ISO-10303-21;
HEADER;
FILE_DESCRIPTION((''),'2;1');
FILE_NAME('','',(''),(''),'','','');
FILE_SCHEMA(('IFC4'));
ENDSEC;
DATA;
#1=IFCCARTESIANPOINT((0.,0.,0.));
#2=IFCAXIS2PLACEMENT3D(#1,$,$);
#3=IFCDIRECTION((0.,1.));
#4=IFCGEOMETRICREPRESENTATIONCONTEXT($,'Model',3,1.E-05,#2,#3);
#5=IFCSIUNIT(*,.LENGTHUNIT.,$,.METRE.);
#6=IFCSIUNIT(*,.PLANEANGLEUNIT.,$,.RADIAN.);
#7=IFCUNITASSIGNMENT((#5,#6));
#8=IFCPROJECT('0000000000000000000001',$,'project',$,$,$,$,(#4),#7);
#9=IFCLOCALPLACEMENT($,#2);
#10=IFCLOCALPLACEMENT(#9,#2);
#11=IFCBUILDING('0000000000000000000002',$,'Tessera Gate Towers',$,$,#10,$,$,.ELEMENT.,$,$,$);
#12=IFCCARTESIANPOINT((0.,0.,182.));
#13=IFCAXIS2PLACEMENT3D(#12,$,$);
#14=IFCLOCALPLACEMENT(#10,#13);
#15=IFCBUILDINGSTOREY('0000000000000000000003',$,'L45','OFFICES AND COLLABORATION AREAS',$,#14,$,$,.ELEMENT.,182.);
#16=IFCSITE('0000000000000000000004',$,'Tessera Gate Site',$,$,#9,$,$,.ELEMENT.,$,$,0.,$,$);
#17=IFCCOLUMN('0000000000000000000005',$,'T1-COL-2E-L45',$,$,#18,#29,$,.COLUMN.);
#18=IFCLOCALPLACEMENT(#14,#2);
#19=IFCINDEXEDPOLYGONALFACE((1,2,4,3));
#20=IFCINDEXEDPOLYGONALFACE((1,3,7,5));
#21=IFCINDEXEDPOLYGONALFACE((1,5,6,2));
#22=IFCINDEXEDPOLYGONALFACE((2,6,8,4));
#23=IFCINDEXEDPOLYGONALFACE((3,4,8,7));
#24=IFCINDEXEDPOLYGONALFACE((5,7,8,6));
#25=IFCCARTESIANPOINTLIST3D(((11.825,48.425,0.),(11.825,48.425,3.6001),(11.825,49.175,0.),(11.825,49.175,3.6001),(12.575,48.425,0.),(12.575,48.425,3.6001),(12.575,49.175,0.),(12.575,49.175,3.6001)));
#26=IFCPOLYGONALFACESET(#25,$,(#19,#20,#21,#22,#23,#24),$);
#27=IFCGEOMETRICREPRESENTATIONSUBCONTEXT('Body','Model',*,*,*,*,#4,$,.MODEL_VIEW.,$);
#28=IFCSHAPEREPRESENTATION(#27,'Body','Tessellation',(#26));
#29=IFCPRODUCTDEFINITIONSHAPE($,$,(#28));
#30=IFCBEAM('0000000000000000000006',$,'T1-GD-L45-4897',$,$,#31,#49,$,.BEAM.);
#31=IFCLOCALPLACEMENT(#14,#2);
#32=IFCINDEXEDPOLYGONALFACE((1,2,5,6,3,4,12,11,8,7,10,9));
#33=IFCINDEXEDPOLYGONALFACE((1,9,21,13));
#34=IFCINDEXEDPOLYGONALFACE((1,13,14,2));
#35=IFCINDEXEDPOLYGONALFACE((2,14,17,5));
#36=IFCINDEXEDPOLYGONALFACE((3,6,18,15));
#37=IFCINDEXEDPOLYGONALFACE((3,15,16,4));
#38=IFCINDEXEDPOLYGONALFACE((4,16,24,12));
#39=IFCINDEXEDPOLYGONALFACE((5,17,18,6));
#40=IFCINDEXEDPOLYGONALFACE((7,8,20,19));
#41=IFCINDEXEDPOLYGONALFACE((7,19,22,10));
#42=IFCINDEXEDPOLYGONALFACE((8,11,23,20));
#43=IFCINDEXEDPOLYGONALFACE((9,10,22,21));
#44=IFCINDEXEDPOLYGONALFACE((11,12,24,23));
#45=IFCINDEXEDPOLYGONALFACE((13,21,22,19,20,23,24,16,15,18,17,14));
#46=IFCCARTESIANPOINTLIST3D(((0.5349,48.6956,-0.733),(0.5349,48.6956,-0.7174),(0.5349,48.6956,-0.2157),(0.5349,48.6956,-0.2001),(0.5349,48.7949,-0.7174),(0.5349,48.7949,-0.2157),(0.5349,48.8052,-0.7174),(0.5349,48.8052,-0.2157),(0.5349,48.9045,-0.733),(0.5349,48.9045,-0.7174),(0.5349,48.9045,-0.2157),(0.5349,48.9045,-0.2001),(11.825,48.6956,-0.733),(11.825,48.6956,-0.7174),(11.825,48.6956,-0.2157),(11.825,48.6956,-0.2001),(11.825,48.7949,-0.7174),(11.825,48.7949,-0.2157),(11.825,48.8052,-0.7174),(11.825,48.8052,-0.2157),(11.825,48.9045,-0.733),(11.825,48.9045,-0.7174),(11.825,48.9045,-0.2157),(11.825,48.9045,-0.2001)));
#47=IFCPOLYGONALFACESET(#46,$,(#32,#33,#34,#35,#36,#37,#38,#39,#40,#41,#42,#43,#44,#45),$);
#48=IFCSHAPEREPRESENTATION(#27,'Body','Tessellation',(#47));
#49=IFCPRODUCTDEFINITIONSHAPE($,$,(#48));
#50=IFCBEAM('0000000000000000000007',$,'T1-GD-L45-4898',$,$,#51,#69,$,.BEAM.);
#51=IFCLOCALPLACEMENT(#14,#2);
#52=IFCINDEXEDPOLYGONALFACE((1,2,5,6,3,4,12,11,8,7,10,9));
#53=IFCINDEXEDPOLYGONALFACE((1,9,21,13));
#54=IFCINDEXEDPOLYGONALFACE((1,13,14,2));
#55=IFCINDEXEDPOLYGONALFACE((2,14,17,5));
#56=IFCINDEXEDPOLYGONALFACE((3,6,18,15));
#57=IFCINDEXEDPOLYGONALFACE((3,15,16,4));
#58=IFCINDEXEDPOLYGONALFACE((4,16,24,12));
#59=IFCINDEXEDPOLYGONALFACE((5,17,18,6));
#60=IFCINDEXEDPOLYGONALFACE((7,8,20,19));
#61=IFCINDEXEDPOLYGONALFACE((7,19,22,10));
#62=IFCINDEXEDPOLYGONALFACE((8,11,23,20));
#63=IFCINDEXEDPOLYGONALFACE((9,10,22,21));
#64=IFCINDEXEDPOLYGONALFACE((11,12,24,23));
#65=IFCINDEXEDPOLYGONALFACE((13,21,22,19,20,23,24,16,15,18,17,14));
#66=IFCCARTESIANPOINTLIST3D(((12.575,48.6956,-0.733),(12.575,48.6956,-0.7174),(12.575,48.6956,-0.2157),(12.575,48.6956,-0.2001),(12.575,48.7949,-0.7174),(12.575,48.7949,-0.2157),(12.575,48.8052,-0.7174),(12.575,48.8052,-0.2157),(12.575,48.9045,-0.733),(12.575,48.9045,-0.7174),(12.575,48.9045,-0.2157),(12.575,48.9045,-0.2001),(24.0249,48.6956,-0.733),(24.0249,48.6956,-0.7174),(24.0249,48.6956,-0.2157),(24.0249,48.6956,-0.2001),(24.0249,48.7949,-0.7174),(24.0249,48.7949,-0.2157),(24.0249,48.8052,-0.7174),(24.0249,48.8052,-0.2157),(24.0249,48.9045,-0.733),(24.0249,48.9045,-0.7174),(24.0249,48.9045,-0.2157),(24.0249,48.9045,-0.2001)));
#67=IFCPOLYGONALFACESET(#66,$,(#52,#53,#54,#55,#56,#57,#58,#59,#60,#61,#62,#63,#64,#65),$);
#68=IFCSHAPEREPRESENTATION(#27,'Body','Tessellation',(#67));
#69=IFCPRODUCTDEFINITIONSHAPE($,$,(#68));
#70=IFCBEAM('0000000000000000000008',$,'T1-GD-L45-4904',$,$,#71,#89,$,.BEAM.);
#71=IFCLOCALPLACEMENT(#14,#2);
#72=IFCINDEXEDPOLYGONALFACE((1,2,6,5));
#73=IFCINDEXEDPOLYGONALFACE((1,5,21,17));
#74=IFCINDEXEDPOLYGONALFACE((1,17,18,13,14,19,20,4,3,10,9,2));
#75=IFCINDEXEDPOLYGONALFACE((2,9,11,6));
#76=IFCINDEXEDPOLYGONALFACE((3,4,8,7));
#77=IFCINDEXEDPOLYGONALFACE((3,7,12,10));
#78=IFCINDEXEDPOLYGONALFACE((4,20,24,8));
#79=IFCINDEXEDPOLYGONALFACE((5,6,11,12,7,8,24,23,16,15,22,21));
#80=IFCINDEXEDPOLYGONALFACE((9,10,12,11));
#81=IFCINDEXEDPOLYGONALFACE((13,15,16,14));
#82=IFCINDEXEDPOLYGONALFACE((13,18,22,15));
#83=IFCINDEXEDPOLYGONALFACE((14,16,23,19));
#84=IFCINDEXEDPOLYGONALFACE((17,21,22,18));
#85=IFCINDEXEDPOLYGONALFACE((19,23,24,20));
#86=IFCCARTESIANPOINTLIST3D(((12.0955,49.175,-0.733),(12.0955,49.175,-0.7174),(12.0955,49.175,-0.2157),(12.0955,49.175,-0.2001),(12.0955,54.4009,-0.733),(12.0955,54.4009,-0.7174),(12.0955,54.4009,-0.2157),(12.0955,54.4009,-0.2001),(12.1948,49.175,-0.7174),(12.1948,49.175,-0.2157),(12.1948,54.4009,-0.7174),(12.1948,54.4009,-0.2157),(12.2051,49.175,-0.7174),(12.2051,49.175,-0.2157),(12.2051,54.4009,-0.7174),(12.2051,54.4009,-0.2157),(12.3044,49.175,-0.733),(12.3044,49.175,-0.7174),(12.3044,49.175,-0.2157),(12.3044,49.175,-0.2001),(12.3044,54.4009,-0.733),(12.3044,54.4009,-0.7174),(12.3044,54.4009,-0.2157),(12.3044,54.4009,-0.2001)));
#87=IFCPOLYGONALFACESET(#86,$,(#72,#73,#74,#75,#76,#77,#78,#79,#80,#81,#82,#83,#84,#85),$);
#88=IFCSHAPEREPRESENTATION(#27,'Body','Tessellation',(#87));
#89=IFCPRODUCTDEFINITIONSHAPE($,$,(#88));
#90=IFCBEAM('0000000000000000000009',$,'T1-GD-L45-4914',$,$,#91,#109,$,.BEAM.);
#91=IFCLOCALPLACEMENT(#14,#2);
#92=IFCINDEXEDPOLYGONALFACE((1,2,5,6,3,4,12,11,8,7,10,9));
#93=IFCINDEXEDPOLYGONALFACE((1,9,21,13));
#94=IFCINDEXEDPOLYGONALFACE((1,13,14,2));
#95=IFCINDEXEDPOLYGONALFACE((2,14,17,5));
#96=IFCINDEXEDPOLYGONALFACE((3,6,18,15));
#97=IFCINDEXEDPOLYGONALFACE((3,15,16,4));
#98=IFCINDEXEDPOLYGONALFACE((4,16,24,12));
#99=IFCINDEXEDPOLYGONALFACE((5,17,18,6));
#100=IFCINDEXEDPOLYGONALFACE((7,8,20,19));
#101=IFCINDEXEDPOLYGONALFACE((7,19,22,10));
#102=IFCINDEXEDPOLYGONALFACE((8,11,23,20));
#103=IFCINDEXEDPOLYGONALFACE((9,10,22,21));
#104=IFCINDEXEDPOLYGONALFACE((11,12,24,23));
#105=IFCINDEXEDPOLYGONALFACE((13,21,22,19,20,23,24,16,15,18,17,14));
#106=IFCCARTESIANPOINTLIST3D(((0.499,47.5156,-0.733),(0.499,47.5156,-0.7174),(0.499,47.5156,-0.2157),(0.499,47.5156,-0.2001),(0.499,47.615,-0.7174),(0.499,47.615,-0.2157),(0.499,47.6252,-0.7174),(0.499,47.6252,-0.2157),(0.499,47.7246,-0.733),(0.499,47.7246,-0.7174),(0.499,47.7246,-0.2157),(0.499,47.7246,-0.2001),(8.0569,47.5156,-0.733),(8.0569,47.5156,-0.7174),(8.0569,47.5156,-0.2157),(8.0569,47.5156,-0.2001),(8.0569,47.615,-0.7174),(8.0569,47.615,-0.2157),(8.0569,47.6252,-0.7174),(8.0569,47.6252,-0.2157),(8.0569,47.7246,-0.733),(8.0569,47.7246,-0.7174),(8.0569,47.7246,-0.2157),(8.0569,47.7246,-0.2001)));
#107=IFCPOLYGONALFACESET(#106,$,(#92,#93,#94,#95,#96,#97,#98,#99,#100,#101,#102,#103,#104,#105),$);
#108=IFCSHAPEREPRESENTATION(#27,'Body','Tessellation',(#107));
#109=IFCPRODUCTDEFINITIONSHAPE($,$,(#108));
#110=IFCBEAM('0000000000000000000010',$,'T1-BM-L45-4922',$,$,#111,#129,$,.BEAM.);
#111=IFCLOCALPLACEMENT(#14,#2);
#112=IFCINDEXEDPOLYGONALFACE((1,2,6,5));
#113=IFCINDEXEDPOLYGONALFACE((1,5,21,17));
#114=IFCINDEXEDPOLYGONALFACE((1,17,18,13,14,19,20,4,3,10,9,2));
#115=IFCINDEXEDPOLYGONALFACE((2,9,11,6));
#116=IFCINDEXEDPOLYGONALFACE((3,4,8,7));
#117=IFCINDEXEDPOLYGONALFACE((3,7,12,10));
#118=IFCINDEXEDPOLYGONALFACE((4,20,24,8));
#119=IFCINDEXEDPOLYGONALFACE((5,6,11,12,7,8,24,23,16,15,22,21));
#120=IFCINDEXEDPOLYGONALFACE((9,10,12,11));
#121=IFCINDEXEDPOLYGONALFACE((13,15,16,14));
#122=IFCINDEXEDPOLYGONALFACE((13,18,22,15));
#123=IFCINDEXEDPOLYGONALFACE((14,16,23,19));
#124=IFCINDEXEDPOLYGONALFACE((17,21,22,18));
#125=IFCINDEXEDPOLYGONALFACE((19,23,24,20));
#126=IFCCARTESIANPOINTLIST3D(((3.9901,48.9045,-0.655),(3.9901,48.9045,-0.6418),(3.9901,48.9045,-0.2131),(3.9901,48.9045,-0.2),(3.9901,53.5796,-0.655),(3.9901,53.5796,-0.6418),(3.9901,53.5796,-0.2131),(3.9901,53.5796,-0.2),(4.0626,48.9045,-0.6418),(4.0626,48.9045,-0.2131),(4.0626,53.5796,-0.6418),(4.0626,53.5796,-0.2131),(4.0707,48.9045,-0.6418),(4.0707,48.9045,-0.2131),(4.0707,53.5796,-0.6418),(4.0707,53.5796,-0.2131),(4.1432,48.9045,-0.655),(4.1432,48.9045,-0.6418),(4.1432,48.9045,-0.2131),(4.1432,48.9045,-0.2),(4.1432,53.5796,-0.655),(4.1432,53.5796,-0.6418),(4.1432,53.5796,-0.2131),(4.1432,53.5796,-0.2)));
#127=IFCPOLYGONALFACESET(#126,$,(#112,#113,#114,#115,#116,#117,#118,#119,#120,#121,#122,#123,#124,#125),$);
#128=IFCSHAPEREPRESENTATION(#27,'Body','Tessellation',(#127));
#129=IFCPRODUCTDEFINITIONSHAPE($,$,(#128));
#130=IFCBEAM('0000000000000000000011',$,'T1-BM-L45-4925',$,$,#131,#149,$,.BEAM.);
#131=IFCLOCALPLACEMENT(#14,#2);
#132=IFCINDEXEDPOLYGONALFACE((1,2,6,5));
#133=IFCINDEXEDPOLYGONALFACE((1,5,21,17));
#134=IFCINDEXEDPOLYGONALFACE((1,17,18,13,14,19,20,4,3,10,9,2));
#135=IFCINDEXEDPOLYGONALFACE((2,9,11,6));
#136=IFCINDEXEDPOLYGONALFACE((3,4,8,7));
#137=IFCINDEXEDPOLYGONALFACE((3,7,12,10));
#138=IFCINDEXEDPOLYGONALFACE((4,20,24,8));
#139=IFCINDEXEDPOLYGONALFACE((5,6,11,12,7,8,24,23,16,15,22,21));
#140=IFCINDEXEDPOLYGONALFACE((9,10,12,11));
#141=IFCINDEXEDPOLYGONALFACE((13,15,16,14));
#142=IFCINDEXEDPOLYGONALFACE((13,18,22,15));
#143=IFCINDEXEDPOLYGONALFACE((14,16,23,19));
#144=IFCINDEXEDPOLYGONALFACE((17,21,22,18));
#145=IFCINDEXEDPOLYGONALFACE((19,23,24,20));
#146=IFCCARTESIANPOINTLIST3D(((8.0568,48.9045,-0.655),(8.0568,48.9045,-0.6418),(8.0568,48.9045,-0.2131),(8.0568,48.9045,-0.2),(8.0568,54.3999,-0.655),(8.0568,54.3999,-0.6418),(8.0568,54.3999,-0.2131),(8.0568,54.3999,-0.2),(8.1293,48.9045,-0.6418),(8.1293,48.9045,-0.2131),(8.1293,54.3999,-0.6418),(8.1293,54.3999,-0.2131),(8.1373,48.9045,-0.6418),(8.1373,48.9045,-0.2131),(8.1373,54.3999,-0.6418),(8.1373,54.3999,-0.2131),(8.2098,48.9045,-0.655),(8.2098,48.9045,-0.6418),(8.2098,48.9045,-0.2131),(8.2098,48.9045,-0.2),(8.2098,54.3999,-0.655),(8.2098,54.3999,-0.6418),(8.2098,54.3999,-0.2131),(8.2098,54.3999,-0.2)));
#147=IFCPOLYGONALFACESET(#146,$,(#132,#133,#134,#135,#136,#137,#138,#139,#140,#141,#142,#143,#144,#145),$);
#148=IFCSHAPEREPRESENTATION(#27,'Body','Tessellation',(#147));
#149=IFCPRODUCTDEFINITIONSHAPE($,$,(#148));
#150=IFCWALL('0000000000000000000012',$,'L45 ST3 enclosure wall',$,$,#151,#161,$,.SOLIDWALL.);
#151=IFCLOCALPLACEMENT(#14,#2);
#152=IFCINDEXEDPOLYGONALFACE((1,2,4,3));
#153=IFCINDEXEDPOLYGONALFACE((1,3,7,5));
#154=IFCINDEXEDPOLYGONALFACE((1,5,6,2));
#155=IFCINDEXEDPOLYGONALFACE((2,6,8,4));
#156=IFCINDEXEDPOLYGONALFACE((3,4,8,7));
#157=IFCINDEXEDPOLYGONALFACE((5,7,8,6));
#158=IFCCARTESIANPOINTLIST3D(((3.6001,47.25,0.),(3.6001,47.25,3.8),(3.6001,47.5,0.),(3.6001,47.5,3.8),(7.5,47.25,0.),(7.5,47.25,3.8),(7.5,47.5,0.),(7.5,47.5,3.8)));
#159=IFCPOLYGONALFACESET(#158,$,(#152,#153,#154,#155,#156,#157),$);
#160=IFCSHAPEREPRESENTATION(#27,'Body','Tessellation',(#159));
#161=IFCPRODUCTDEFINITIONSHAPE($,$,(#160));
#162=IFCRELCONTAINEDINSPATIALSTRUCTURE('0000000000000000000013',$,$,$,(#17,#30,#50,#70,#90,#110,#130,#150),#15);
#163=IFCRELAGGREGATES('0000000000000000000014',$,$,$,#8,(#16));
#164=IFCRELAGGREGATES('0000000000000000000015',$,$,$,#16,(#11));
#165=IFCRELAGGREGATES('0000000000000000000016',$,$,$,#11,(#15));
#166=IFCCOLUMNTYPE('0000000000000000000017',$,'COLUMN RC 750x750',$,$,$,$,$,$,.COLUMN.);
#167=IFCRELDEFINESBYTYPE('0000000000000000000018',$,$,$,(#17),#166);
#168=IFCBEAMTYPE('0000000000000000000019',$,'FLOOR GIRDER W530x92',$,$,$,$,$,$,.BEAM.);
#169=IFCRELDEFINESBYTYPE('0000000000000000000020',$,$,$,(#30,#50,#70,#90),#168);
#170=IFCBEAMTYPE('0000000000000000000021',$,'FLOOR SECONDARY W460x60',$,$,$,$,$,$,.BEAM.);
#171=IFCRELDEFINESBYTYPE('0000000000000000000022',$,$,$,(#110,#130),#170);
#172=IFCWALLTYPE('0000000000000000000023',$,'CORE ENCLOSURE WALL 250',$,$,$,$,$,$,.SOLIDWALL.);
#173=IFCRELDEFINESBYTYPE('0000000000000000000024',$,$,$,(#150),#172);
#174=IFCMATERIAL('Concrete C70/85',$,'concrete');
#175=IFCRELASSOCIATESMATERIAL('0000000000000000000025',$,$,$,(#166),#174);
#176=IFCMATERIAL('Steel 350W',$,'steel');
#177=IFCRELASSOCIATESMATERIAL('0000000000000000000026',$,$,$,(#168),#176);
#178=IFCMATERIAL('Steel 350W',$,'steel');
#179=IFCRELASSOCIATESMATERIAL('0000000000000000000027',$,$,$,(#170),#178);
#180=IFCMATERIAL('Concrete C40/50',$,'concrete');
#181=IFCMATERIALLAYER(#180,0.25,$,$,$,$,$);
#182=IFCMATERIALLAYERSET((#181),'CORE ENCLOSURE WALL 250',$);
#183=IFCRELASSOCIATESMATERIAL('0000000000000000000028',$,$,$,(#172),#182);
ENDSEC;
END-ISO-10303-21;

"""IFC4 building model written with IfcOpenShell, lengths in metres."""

from ifc_helpers import new_model, si_unit, direction, frame, frame_2d, origin, origin_2d, place, context, subcontext, project, spatial, rectangle, i_section, extrude, material, layer, layer_set, material_profile, profile_set, type_object, element, save


model = new_model("IFC4")

# Units and contexts
model_context = context("Model", 3, precision=1e-05, world=origin(), true_north=direction((0.0, 1.0)))
body_context = subcontext(model_context, "Body", "Model", "MODEL_VIEW")
ifc_project = project(units=[si_unit("LENGTHUNIT", "METRE"), si_unit("PLANEANGLEUNIT", "RADIAN")], contexts=[model_context])

# Site, building, storey
site_placement = place(None, origin())
site = spatial("IfcSite", under=ifc_project, at=site_placement, Name="Tessera Gate Site", CompositionType="ELEMENT", RefElevation=0.0)
building_placement = place(site_placement, origin())
building = spatial("IfcBuilding", under=site, at=building_placement, Name="Tessera Gate Towers", CompositionType="ELEMENT")
storey_placement = place(building_placement, frame((0.0, 0.0, 182.0)))
storey = spatial("IfcBuildingStorey", under=building, at=storey_placement, Name="L45", Description="OFFICES AND COLLABORATION AREAS", CompositionType="ELEMENT", Elevation=182.0)

# Column
ifc_material_1 = material(Name="Concrete C70/85", Category="concrete")
ifc_material_profile_1 = material_profile(ifc_material_1, rectangle(XDim=0.75, YDim=0.75, at=origin_2d()), Name="RC 750x750")
ifc_profile_set_1 = profile_set([ifc_material_profile_1], Name="Concrete C70/85")
column_type = type_object("IfcColumnType", Name="COLUMN RC 750x750", PredefinedType="COLUMN", material=ifc_profile_set_1)
column_placement = place(storey_placement, frame((12.2, 48.8, 0.0), z_axis=(0.0, 0.0, 1.0), x_axis=(1.0, 0.0, 0.0)))
element("IfcColumn", 1, at=column_placement, inside=storey, type_object=column_type, Name="T1-COL-2E-L45", PredefinedType="COLUMN", context=body_context, shape_type="SweptSolid", body=[
    extrude(rectangle(XDim=0.75, YDim=0.75, at=origin_2d()), origin(), (0.0, 0.0, 1.0), 3.6001),
])

# Beams
ifc_material_2 = material(Name="Steel 350W", Category="steel")
ifc_material_profile_2 = material_profile(ifc_material_2, i_section(OverallWidth=0.209, OverallDepth=0.533, WebThickness=0.0103, FlangeThickness=0.0156, at=origin_2d()), Name="W530x92")
ifc_profile_set_2 = profile_set([ifc_material_profile_2], Name="Steel 350W")
beam_type_1 = type_object("IfcBeamType", Name="FLOOR GIRDER W530x92", PredefinedType="BEAM", material=ifc_profile_set_2)
beam_1_placement = place(storey_placement, frame((0.5349, 48.8, -0.4666), z_axis=(1.0, 0.0, 0.0), x_axis=(0.0, 1.0, 0.0)))
element("IfcBeam", 2, at=beam_1_placement, inside=storey, type_object=beam_type_1, Name="T1-GD-L45-4897", PredefinedType="BEAM", context=body_context, shape_type="SweptSolid", body=[
    extrude(i_section(OverallWidth=0.209, OverallDepth=0.533, WebThickness=0.0103, FlangeThickness=0.0156, at=origin_2d()), origin(), (0.0, 0.0, 1.0), 11.29),
])
beam_2_placement = place(storey_placement, frame((12.575, 48.8, -0.4666), z_axis=(1.0, 0.0, 0.0), x_axis=(0.0, 1.0, 0.0)))
element("IfcBeam", 3, at=beam_2_placement, inside=storey, type_object=beam_type_1, Name="T1-GD-L45-4898", PredefinedType="BEAM", context=body_context, shape_type="SweptSolid", body=[
    extrude(i_section(OverallWidth=0.209, OverallDepth=0.533, WebThickness=0.0103, FlangeThickness=0.0156, at=origin_2d()), origin(), (0.0, 0.0, 1.0), 11.45),
])
beam_3_placement = place(storey_placement, frame((12.2, 49.175, -0.4666), z_axis=(0.0, 1.0, 0.0), x_axis=(-1.0, 0.0, 0.0)))
element("IfcBeam", 4, at=beam_3_placement, inside=storey, type_object=beam_type_1, Name="T1-GD-L45-4904", PredefinedType="BEAM", context=body_context, shape_type="SweptSolid", body=[
    extrude(i_section(OverallWidth=0.209, OverallDepth=0.533, WebThickness=0.0103, FlangeThickness=0.0156, at=origin_2d()), origin(), (0.0, 0.0, 1.0), 5.2258),
])
beam_4_placement = place(storey_placement, frame((0.499, 47.6201, -0.4666), z_axis=(1.0, 0.0, 0.0), x_axis=(0.0, 1.0, 0.0)))
element("IfcBeam", 5, at=beam_4_placement, inside=storey, type_object=beam_type_1, Name="T1-GD-L45-4914", PredefinedType="BEAM", context=body_context, shape_type="SweptSolid", body=[
    extrude(i_section(OverallWidth=0.209, OverallDepth=0.533, WebThickness=0.0103, FlangeThickness=0.0156, at=origin_2d()), origin(), (0.0, 0.0, 1.0), 7.5579),
])
ifc_material_3 = material(Name="Steel 350W", Category="steel")
ifc_material_profile_3 = material_profile(ifc_material_3, i_section(OverallWidth=0.1531, OverallDepth=0.4551, WebThickness=0.0081, FlangeThickness=0.0132, at=origin_2d()), Name="W460x60")
ifc_profile_set_3 = profile_set([ifc_material_profile_3], Name="Steel 350W")
beam_type_2 = type_object("IfcBeamType", Name="FLOOR SECONDARY W460x60", PredefinedType="BEAM", material=ifc_profile_set_3)
beam_5_placement = place(storey_placement, frame((4.0667, 48.9045, -0.4275), z_axis=(0.0, 1.0, 0.0), x_axis=(-1.0, 0.0, 0.0)))
element("IfcBeam", 6, at=beam_5_placement, inside=storey, type_object=beam_type_2, Name="T1-BM-L45-4922", PredefinedType="BEAM", context=body_context, shape_type="SweptSolid", body=[
    extrude(i_section(OverallWidth=0.1531, OverallDepth=0.4551, WebThickness=0.0081, FlangeThickness=0.0132, at=origin_2d()), origin(), (0.0, 0.0, 1.0), 4.675),
])
beam_6_placement = place(storey_placement, frame((8.1333, 48.9045, -0.4275), z_axis=(0.0, 1.0, 0.0), x_axis=(-1.0, 0.0, 0.0)))
element("IfcBeam", 7, at=beam_6_placement, inside=storey, type_object=beam_type_2, Name="T1-BM-L45-4925", PredefinedType="BEAM", context=body_context, shape_type="SweptSolid", body=[
    extrude(i_section(OverallWidth=0.1531, OverallDepth=0.4551, WebThickness=0.0081, FlangeThickness=0.0132, at=origin_2d()), origin(), (0.0, 0.0, 1.0), 5.4954),
])

# Wall
ifc_material_4 = material(Name="Concrete C40/50", Category="concrete")
ifc_layer_1 = layer(ifc_material_4, 0.25)
ifc_layer_set_1 = layer_set([ifc_layer_1], Name="CORE ENCLOSURE WALL 250")
wall_type_1 = type_object("IfcWallType", Name="CORE ENCLOSURE WALL 250", PredefinedType="SOLIDWALL", material=ifc_layer_set_1)
wall_1_placement = place(storey_placement, frame((3.6001, 47.375, 0.0), z_axis=(0.0, 0.0, 1.0), x_axis=(1.0, 0.0, 0.0)))
element("IfcWall", 8, at=wall_1_placement, inside=storey, type_object=wall_type_1, Name="L45 ST3 enclosure wall", PredefinedType="SOLIDWALL", context=body_context, shape_type="SweptSolid", body=[
    extrude(rectangle(XDim=3.8999, YDim=0.25, at=frame_2d((1.95, 0.0))), origin(), (0.0, 0.0, 1.0), 3.8),
])

save(model, "model.ifc")
